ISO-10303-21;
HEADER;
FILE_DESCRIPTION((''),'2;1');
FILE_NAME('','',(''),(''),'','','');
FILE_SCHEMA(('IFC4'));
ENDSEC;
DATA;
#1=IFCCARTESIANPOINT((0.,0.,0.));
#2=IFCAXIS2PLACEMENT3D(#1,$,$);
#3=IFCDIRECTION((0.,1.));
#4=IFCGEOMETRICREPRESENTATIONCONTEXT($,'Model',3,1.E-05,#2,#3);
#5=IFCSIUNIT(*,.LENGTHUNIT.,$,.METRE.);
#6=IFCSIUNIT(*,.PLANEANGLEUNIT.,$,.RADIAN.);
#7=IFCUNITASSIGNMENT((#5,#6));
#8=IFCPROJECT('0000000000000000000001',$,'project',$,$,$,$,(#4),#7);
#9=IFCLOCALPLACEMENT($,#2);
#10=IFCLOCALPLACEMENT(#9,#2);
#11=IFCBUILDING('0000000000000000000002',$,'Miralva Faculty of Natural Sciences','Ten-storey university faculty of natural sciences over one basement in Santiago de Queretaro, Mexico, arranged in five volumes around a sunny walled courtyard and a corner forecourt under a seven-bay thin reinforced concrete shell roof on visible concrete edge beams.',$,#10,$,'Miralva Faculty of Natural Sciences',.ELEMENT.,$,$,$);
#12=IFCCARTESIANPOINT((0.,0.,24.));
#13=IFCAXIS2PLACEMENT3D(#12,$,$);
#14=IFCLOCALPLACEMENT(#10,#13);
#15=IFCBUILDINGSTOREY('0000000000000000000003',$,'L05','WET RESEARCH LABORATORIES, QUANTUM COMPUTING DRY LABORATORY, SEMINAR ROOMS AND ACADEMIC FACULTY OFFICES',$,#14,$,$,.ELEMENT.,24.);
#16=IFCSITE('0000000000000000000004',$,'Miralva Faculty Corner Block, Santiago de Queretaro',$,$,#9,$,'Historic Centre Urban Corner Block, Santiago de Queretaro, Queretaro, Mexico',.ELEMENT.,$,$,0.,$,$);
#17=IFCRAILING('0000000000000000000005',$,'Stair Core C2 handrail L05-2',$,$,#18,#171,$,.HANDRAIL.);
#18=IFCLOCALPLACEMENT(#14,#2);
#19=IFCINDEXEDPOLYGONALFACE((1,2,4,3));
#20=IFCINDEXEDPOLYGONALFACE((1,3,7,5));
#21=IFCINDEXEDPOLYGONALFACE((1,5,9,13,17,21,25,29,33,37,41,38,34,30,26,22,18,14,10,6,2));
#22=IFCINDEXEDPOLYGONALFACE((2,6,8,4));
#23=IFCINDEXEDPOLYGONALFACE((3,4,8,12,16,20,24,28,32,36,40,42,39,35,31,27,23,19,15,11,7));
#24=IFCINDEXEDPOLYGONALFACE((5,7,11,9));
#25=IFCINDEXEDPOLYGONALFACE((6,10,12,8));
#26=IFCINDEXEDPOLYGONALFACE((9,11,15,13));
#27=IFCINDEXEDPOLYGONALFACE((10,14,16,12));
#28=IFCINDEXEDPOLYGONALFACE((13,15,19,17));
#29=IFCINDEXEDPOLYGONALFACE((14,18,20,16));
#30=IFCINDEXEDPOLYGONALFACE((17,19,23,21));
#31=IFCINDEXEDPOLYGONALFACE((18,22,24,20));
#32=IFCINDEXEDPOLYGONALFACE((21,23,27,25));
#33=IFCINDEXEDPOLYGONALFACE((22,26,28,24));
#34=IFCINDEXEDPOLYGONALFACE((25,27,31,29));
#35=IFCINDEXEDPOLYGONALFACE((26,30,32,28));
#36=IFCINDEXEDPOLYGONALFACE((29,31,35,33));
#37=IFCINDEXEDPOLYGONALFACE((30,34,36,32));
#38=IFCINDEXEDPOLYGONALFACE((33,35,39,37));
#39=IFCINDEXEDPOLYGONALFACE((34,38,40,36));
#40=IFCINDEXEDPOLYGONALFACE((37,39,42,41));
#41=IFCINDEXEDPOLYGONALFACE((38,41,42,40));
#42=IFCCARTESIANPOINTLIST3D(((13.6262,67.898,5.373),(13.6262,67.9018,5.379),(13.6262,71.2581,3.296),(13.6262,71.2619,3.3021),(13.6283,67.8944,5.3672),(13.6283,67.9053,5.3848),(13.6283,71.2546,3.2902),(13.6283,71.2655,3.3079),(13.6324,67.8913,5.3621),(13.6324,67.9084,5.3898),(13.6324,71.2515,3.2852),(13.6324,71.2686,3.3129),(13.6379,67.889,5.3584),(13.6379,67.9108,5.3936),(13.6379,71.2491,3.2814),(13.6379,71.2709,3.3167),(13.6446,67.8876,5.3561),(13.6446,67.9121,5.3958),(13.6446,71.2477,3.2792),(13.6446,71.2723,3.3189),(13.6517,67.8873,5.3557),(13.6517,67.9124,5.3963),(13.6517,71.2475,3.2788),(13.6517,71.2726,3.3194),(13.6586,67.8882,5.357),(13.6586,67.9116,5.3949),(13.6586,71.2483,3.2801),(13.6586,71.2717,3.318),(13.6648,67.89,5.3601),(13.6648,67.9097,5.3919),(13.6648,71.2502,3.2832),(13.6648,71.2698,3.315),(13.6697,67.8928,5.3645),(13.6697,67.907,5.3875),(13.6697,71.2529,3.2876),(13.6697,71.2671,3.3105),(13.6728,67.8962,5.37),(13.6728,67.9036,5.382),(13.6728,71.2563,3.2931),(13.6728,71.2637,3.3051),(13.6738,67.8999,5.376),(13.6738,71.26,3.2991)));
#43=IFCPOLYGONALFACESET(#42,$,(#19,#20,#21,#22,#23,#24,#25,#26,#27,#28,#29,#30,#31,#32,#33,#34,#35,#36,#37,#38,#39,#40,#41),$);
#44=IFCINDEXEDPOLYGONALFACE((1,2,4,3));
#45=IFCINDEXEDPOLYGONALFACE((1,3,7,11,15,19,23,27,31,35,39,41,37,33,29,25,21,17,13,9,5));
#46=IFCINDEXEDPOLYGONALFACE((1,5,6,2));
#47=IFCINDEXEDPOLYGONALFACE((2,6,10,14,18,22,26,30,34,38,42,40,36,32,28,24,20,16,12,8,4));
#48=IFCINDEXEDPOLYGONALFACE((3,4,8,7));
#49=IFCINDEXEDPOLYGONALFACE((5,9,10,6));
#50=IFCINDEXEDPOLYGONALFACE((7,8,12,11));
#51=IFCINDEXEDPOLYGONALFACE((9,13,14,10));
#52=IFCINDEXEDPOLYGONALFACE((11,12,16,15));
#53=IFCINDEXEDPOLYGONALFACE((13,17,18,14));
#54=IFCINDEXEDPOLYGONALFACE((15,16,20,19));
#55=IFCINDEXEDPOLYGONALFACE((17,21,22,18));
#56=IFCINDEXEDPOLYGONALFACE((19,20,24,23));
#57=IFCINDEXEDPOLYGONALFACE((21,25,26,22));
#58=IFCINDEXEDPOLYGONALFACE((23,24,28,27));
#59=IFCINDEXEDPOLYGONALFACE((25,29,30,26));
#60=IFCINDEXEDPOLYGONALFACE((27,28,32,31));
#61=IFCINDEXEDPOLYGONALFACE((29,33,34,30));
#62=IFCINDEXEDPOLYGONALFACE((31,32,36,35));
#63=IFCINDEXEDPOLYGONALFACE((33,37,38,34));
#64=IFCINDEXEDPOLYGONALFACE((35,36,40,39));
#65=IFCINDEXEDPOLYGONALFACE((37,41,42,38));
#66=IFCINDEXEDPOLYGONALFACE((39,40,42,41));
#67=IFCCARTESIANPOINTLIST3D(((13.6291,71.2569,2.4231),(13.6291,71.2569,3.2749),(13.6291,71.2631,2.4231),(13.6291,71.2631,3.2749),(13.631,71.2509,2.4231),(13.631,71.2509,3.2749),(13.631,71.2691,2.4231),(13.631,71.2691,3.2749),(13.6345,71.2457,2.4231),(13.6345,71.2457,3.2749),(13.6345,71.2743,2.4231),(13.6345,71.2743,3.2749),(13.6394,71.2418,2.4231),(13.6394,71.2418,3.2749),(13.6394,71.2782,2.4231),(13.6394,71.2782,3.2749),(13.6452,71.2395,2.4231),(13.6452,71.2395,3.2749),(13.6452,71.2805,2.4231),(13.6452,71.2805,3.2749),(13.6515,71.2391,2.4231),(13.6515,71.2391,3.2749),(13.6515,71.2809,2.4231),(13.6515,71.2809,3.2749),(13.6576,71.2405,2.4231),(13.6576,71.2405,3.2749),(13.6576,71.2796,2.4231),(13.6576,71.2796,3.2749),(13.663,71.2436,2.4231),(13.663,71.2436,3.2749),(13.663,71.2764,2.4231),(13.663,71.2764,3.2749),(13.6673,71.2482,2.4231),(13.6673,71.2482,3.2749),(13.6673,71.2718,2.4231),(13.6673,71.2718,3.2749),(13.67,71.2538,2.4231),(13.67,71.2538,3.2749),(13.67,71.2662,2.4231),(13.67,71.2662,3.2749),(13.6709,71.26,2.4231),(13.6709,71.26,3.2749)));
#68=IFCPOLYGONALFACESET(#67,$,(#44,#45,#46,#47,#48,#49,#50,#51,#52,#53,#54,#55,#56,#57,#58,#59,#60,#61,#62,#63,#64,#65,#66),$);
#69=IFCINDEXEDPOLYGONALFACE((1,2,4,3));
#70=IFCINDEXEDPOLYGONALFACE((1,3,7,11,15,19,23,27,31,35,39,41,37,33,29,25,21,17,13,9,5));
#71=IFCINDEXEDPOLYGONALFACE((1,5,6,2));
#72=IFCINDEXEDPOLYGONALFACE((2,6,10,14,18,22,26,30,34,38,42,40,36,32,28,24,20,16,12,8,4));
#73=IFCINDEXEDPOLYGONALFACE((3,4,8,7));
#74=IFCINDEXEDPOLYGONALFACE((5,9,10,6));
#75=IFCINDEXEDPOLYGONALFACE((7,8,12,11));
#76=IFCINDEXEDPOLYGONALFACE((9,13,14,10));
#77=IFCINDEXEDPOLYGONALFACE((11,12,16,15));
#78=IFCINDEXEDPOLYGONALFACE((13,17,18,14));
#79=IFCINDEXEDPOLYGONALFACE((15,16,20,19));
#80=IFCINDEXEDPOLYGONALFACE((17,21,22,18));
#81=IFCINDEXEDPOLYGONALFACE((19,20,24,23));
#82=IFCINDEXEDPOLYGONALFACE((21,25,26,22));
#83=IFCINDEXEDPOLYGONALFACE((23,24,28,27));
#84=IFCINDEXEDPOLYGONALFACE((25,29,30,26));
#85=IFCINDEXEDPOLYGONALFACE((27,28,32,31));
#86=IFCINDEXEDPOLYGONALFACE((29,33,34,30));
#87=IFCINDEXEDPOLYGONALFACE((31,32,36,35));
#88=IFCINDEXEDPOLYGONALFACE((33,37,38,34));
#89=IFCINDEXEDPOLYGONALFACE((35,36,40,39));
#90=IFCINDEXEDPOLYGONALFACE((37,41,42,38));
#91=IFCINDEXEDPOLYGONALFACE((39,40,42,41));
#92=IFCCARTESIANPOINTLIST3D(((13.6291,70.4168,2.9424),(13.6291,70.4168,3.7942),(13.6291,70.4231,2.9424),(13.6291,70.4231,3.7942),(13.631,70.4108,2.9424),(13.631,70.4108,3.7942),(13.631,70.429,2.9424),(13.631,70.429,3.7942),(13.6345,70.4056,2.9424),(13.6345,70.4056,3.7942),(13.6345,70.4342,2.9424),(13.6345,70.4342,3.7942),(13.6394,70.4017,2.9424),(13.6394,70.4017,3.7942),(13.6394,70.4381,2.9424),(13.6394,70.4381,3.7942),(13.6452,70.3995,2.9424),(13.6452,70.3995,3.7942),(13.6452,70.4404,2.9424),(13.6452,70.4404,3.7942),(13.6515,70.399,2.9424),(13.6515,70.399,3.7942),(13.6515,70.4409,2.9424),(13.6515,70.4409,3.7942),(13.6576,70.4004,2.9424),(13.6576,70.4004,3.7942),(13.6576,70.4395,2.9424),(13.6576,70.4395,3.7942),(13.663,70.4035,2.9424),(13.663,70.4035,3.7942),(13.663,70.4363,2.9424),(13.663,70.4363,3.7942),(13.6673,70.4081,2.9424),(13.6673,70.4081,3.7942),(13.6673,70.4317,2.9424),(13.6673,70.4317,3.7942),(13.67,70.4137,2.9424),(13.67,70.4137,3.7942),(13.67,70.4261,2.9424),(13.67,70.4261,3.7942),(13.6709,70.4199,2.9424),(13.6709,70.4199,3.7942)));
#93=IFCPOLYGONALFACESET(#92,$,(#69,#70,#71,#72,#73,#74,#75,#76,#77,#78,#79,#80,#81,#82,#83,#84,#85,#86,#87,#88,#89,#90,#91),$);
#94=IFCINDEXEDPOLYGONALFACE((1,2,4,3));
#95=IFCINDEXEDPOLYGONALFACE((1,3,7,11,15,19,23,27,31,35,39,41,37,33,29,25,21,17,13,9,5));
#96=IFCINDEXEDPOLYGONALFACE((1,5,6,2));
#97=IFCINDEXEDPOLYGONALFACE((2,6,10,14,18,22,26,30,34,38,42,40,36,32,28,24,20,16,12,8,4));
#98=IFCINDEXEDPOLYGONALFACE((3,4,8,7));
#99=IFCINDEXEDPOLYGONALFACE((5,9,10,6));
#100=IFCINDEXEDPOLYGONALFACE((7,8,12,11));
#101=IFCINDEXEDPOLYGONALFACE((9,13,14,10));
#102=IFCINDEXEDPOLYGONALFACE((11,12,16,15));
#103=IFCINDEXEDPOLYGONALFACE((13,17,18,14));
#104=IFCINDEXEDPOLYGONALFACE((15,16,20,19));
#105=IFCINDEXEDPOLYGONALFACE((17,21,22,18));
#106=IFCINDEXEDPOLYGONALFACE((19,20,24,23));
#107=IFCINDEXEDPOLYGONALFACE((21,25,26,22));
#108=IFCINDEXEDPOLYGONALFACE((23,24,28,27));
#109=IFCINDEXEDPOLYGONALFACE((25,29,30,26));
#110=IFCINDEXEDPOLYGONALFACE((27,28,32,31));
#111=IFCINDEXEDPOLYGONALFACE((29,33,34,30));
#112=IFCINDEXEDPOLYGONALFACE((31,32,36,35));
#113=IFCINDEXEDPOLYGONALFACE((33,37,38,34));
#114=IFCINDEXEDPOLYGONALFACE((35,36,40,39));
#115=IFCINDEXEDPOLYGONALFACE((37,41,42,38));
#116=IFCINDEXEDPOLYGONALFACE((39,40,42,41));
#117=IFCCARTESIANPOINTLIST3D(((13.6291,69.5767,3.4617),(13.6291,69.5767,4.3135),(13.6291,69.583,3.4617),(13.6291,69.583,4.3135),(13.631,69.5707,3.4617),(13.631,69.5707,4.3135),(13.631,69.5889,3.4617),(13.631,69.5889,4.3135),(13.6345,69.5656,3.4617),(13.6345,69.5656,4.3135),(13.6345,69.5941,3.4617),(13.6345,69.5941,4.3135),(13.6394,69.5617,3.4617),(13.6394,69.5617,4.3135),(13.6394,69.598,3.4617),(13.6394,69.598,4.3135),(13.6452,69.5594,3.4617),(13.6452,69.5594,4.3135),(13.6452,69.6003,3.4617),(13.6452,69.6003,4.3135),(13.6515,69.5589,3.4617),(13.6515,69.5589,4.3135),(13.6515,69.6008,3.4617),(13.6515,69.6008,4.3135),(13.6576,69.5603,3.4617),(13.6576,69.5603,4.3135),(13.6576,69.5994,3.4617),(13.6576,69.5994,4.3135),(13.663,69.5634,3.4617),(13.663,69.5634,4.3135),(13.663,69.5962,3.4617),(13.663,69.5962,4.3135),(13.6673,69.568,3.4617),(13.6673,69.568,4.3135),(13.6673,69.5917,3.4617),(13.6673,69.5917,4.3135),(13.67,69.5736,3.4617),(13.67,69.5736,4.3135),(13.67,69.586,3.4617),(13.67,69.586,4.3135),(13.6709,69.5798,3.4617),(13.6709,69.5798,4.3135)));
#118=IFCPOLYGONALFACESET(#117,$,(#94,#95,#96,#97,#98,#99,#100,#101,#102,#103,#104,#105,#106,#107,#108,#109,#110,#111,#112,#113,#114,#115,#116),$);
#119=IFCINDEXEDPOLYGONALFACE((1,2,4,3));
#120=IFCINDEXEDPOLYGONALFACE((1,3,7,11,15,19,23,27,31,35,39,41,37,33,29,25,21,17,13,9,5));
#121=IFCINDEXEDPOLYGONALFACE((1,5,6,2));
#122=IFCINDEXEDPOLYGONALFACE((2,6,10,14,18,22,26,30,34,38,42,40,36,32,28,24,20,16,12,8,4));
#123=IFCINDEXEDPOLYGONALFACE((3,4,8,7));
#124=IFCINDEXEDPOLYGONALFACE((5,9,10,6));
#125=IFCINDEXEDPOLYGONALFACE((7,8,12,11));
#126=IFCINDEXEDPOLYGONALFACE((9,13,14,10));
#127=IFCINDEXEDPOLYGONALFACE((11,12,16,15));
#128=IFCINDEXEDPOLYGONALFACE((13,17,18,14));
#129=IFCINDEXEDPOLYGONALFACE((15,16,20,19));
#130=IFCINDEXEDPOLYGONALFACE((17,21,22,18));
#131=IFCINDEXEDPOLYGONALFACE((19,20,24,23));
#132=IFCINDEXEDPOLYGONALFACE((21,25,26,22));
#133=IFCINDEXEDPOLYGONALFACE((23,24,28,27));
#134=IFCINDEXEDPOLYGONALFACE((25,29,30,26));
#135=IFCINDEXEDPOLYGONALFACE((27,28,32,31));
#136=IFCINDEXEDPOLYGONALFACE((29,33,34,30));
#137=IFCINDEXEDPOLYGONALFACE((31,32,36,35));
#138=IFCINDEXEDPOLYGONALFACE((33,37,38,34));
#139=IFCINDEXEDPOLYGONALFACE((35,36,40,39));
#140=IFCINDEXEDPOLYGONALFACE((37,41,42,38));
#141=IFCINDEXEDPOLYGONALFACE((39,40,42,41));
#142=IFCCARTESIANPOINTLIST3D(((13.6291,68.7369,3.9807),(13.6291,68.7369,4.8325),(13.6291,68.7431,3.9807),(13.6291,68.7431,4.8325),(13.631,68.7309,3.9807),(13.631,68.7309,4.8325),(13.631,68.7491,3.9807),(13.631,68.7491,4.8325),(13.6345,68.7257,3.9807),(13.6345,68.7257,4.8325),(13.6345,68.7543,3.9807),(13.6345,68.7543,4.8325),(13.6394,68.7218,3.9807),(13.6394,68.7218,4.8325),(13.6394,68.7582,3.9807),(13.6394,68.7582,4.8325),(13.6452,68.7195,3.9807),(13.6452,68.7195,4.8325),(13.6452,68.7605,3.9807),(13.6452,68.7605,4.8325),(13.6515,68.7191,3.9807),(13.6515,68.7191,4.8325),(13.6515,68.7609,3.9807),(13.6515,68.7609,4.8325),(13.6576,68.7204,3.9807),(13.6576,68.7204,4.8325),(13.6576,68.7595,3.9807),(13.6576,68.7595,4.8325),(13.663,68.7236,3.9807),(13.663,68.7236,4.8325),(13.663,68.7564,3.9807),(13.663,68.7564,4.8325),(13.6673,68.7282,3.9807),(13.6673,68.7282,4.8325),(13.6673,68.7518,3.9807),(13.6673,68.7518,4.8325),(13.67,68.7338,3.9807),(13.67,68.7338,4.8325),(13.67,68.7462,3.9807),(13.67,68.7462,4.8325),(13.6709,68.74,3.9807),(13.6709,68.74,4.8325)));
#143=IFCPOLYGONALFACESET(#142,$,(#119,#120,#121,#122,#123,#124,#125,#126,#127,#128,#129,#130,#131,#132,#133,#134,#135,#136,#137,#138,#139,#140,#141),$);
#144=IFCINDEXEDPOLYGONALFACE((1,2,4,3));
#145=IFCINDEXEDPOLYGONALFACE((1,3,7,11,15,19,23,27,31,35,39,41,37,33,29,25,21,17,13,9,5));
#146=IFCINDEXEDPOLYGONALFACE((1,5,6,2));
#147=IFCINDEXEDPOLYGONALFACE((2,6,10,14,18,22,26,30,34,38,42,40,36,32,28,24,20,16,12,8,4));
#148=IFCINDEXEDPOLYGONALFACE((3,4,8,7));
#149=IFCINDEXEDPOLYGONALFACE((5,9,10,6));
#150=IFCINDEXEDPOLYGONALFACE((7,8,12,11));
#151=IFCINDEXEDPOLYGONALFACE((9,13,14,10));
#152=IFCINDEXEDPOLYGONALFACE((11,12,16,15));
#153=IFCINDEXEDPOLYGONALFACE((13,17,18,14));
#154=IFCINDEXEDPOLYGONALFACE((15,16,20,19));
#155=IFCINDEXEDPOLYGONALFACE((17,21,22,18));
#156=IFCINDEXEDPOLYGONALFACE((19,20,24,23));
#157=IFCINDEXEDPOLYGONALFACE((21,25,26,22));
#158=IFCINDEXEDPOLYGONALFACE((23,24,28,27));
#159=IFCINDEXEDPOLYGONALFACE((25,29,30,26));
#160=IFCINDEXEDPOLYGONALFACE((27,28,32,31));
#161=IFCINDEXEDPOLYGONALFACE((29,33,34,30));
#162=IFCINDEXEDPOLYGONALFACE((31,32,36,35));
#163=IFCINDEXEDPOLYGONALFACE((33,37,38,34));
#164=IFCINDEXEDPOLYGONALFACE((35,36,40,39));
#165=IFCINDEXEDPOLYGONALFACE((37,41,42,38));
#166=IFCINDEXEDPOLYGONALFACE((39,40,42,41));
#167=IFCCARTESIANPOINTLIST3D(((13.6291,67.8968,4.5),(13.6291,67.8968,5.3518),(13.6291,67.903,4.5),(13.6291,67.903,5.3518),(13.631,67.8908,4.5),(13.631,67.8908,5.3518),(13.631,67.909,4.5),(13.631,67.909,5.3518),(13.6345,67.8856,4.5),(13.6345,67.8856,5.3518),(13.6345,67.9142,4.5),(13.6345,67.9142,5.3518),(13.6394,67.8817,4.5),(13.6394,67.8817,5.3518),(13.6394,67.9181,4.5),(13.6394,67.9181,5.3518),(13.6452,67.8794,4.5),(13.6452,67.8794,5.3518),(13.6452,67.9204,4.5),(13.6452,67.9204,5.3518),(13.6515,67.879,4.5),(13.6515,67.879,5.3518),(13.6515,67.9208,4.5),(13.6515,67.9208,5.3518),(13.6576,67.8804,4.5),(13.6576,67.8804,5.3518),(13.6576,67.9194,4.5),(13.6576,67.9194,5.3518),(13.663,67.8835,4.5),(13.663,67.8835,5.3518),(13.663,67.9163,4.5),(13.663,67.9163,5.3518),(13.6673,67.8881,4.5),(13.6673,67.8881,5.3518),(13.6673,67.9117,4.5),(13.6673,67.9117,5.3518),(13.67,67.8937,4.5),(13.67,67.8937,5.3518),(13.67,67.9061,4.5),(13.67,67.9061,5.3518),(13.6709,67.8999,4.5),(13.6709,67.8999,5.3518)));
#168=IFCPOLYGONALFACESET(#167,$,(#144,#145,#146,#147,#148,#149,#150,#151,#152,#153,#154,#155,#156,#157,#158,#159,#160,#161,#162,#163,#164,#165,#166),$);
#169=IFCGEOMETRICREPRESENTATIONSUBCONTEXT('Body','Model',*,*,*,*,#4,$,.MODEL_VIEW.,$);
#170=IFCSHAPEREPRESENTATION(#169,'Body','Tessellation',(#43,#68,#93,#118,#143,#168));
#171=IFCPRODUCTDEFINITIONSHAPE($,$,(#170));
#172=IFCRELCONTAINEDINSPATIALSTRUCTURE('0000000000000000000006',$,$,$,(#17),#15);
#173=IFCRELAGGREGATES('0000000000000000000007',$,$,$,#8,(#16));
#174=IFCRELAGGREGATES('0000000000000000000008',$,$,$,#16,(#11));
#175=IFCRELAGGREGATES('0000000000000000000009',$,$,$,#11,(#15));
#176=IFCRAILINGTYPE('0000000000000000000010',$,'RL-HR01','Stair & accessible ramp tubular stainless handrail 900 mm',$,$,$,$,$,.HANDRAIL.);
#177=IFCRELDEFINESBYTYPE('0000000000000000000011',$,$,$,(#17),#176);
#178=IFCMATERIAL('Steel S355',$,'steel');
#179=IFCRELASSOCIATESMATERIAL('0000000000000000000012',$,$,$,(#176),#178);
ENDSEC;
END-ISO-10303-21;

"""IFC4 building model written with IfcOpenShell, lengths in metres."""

from ifc_helpers import new_model, si_unit, direction, frame, origin, origin_2d, place, context, subcontext, project, spatial, circle, extrude, material, type_object, element, save


model = new_model("IFC4")

# Units and contexts
model_context = context("Model", 3, precision=1e-05, world=origin(), true_north=direction((0.0, 1.0)))
body_context = subcontext(model_context, "Body", "Model", "MODEL_VIEW")
ifc_project = project(units=[si_unit("LENGTHUNIT", "METRE"), si_unit("PLANEANGLEUNIT", "RADIAN")], contexts=[model_context])

# Site, building, storey
site_placement = place(None, origin())
site = spatial("IfcSite", under=ifc_project, at=site_placement, Name="Miralva Faculty Corner Block, Santiago de Queretaro", LongName="Historic Centre Urban Corner Block, Santiago de Queretaro, Queretaro, Mexico", CompositionType="ELEMENT", RefElevation=0.0)
building_placement = place(site_placement, origin())
building = spatial("IfcBuilding", under=site, at=building_placement, Name="Miralva Faculty of Natural Sciences", Description="Ten-storey university faculty of natural sciences over one basement in Santiago de Queretaro, Mexico, arranged in five volumes around a sunny walled courtyard and a corner forecourt under a seven-bay thin reinforced concrete shell roof on visible concrete edge beams.", LongName="Miralva Faculty of Natural Sciences", CompositionType="ELEMENT")
storey_placement = place(building_placement, frame((0.0, 0.0, 24.0)))
storey = spatial("IfcBuildingStorey", under=building, at=storey_placement, Name="L05", Description="WET RESEARCH LABORATORIES, QUANTUM COMPUTING DRY LABORATORY, SEMINAR ROOMS AND ACADEMIC FACULTY OFFICES", CompositionType="ELEMENT", Elevation=24.0)

# Railing
ifc_material_1 = material(Name="Steel S355", Category="steel")
railing_type_1 = type_object("IfcRailingType", Name="RL-HR01", Description="Stair & accessible ramp tubular stainless handrail 900 mm", PredefinedType="HANDRAIL", material=ifc_material_1)
railing_1_placement = place(storey_placement, frame((13.6499, 71.26, 2.4231)))
element("IfcRailing", 1, at=railing_1_placement, inside=storey, type_object=railing_type_1, Name="Stair Core C2 handrail L05-2", PredefinedType="HANDRAIL", context=body_context, shape_type="SweptSolid", body=[
    extrude(circle(Radius=0.0239, at=origin_2d()), frame((0.0, 0.0, 0.876), z_axis=(0.0, -0.850623, 0.525776), x_axis=(1.0, 0.0, 0.0)), (0.0, 0.0, 1.0), 3.9502),
    extrude(circle(Radius=0.021, at=origin_2d()), origin(), (0.0, 0.0, 1.0), 0.8518),
    extrude(circle(Radius=0.021, at=origin_2d()), frame((0.0, -0.8401, 0.5193)), (0.0, 0.0, 1.0), 0.8518),
    extrude(circle(Radius=0.021, at=origin_2d()), frame((0.0, -1.6802, 1.0386)), (0.0, 0.0, 1.0), 0.8518),
    extrude(circle(Radius=0.021, at=origin_2d()), frame((0.0, -2.52, 1.5576)), (0.0, 0.0, 1.0), 0.8518),
    extrude(circle(Radius=0.021, at=origin_2d()), frame((0.0, -3.3601, 2.0769)), (0.0, 0.0, 1.0), 0.8518),
])

save(model, "model.ifc")
